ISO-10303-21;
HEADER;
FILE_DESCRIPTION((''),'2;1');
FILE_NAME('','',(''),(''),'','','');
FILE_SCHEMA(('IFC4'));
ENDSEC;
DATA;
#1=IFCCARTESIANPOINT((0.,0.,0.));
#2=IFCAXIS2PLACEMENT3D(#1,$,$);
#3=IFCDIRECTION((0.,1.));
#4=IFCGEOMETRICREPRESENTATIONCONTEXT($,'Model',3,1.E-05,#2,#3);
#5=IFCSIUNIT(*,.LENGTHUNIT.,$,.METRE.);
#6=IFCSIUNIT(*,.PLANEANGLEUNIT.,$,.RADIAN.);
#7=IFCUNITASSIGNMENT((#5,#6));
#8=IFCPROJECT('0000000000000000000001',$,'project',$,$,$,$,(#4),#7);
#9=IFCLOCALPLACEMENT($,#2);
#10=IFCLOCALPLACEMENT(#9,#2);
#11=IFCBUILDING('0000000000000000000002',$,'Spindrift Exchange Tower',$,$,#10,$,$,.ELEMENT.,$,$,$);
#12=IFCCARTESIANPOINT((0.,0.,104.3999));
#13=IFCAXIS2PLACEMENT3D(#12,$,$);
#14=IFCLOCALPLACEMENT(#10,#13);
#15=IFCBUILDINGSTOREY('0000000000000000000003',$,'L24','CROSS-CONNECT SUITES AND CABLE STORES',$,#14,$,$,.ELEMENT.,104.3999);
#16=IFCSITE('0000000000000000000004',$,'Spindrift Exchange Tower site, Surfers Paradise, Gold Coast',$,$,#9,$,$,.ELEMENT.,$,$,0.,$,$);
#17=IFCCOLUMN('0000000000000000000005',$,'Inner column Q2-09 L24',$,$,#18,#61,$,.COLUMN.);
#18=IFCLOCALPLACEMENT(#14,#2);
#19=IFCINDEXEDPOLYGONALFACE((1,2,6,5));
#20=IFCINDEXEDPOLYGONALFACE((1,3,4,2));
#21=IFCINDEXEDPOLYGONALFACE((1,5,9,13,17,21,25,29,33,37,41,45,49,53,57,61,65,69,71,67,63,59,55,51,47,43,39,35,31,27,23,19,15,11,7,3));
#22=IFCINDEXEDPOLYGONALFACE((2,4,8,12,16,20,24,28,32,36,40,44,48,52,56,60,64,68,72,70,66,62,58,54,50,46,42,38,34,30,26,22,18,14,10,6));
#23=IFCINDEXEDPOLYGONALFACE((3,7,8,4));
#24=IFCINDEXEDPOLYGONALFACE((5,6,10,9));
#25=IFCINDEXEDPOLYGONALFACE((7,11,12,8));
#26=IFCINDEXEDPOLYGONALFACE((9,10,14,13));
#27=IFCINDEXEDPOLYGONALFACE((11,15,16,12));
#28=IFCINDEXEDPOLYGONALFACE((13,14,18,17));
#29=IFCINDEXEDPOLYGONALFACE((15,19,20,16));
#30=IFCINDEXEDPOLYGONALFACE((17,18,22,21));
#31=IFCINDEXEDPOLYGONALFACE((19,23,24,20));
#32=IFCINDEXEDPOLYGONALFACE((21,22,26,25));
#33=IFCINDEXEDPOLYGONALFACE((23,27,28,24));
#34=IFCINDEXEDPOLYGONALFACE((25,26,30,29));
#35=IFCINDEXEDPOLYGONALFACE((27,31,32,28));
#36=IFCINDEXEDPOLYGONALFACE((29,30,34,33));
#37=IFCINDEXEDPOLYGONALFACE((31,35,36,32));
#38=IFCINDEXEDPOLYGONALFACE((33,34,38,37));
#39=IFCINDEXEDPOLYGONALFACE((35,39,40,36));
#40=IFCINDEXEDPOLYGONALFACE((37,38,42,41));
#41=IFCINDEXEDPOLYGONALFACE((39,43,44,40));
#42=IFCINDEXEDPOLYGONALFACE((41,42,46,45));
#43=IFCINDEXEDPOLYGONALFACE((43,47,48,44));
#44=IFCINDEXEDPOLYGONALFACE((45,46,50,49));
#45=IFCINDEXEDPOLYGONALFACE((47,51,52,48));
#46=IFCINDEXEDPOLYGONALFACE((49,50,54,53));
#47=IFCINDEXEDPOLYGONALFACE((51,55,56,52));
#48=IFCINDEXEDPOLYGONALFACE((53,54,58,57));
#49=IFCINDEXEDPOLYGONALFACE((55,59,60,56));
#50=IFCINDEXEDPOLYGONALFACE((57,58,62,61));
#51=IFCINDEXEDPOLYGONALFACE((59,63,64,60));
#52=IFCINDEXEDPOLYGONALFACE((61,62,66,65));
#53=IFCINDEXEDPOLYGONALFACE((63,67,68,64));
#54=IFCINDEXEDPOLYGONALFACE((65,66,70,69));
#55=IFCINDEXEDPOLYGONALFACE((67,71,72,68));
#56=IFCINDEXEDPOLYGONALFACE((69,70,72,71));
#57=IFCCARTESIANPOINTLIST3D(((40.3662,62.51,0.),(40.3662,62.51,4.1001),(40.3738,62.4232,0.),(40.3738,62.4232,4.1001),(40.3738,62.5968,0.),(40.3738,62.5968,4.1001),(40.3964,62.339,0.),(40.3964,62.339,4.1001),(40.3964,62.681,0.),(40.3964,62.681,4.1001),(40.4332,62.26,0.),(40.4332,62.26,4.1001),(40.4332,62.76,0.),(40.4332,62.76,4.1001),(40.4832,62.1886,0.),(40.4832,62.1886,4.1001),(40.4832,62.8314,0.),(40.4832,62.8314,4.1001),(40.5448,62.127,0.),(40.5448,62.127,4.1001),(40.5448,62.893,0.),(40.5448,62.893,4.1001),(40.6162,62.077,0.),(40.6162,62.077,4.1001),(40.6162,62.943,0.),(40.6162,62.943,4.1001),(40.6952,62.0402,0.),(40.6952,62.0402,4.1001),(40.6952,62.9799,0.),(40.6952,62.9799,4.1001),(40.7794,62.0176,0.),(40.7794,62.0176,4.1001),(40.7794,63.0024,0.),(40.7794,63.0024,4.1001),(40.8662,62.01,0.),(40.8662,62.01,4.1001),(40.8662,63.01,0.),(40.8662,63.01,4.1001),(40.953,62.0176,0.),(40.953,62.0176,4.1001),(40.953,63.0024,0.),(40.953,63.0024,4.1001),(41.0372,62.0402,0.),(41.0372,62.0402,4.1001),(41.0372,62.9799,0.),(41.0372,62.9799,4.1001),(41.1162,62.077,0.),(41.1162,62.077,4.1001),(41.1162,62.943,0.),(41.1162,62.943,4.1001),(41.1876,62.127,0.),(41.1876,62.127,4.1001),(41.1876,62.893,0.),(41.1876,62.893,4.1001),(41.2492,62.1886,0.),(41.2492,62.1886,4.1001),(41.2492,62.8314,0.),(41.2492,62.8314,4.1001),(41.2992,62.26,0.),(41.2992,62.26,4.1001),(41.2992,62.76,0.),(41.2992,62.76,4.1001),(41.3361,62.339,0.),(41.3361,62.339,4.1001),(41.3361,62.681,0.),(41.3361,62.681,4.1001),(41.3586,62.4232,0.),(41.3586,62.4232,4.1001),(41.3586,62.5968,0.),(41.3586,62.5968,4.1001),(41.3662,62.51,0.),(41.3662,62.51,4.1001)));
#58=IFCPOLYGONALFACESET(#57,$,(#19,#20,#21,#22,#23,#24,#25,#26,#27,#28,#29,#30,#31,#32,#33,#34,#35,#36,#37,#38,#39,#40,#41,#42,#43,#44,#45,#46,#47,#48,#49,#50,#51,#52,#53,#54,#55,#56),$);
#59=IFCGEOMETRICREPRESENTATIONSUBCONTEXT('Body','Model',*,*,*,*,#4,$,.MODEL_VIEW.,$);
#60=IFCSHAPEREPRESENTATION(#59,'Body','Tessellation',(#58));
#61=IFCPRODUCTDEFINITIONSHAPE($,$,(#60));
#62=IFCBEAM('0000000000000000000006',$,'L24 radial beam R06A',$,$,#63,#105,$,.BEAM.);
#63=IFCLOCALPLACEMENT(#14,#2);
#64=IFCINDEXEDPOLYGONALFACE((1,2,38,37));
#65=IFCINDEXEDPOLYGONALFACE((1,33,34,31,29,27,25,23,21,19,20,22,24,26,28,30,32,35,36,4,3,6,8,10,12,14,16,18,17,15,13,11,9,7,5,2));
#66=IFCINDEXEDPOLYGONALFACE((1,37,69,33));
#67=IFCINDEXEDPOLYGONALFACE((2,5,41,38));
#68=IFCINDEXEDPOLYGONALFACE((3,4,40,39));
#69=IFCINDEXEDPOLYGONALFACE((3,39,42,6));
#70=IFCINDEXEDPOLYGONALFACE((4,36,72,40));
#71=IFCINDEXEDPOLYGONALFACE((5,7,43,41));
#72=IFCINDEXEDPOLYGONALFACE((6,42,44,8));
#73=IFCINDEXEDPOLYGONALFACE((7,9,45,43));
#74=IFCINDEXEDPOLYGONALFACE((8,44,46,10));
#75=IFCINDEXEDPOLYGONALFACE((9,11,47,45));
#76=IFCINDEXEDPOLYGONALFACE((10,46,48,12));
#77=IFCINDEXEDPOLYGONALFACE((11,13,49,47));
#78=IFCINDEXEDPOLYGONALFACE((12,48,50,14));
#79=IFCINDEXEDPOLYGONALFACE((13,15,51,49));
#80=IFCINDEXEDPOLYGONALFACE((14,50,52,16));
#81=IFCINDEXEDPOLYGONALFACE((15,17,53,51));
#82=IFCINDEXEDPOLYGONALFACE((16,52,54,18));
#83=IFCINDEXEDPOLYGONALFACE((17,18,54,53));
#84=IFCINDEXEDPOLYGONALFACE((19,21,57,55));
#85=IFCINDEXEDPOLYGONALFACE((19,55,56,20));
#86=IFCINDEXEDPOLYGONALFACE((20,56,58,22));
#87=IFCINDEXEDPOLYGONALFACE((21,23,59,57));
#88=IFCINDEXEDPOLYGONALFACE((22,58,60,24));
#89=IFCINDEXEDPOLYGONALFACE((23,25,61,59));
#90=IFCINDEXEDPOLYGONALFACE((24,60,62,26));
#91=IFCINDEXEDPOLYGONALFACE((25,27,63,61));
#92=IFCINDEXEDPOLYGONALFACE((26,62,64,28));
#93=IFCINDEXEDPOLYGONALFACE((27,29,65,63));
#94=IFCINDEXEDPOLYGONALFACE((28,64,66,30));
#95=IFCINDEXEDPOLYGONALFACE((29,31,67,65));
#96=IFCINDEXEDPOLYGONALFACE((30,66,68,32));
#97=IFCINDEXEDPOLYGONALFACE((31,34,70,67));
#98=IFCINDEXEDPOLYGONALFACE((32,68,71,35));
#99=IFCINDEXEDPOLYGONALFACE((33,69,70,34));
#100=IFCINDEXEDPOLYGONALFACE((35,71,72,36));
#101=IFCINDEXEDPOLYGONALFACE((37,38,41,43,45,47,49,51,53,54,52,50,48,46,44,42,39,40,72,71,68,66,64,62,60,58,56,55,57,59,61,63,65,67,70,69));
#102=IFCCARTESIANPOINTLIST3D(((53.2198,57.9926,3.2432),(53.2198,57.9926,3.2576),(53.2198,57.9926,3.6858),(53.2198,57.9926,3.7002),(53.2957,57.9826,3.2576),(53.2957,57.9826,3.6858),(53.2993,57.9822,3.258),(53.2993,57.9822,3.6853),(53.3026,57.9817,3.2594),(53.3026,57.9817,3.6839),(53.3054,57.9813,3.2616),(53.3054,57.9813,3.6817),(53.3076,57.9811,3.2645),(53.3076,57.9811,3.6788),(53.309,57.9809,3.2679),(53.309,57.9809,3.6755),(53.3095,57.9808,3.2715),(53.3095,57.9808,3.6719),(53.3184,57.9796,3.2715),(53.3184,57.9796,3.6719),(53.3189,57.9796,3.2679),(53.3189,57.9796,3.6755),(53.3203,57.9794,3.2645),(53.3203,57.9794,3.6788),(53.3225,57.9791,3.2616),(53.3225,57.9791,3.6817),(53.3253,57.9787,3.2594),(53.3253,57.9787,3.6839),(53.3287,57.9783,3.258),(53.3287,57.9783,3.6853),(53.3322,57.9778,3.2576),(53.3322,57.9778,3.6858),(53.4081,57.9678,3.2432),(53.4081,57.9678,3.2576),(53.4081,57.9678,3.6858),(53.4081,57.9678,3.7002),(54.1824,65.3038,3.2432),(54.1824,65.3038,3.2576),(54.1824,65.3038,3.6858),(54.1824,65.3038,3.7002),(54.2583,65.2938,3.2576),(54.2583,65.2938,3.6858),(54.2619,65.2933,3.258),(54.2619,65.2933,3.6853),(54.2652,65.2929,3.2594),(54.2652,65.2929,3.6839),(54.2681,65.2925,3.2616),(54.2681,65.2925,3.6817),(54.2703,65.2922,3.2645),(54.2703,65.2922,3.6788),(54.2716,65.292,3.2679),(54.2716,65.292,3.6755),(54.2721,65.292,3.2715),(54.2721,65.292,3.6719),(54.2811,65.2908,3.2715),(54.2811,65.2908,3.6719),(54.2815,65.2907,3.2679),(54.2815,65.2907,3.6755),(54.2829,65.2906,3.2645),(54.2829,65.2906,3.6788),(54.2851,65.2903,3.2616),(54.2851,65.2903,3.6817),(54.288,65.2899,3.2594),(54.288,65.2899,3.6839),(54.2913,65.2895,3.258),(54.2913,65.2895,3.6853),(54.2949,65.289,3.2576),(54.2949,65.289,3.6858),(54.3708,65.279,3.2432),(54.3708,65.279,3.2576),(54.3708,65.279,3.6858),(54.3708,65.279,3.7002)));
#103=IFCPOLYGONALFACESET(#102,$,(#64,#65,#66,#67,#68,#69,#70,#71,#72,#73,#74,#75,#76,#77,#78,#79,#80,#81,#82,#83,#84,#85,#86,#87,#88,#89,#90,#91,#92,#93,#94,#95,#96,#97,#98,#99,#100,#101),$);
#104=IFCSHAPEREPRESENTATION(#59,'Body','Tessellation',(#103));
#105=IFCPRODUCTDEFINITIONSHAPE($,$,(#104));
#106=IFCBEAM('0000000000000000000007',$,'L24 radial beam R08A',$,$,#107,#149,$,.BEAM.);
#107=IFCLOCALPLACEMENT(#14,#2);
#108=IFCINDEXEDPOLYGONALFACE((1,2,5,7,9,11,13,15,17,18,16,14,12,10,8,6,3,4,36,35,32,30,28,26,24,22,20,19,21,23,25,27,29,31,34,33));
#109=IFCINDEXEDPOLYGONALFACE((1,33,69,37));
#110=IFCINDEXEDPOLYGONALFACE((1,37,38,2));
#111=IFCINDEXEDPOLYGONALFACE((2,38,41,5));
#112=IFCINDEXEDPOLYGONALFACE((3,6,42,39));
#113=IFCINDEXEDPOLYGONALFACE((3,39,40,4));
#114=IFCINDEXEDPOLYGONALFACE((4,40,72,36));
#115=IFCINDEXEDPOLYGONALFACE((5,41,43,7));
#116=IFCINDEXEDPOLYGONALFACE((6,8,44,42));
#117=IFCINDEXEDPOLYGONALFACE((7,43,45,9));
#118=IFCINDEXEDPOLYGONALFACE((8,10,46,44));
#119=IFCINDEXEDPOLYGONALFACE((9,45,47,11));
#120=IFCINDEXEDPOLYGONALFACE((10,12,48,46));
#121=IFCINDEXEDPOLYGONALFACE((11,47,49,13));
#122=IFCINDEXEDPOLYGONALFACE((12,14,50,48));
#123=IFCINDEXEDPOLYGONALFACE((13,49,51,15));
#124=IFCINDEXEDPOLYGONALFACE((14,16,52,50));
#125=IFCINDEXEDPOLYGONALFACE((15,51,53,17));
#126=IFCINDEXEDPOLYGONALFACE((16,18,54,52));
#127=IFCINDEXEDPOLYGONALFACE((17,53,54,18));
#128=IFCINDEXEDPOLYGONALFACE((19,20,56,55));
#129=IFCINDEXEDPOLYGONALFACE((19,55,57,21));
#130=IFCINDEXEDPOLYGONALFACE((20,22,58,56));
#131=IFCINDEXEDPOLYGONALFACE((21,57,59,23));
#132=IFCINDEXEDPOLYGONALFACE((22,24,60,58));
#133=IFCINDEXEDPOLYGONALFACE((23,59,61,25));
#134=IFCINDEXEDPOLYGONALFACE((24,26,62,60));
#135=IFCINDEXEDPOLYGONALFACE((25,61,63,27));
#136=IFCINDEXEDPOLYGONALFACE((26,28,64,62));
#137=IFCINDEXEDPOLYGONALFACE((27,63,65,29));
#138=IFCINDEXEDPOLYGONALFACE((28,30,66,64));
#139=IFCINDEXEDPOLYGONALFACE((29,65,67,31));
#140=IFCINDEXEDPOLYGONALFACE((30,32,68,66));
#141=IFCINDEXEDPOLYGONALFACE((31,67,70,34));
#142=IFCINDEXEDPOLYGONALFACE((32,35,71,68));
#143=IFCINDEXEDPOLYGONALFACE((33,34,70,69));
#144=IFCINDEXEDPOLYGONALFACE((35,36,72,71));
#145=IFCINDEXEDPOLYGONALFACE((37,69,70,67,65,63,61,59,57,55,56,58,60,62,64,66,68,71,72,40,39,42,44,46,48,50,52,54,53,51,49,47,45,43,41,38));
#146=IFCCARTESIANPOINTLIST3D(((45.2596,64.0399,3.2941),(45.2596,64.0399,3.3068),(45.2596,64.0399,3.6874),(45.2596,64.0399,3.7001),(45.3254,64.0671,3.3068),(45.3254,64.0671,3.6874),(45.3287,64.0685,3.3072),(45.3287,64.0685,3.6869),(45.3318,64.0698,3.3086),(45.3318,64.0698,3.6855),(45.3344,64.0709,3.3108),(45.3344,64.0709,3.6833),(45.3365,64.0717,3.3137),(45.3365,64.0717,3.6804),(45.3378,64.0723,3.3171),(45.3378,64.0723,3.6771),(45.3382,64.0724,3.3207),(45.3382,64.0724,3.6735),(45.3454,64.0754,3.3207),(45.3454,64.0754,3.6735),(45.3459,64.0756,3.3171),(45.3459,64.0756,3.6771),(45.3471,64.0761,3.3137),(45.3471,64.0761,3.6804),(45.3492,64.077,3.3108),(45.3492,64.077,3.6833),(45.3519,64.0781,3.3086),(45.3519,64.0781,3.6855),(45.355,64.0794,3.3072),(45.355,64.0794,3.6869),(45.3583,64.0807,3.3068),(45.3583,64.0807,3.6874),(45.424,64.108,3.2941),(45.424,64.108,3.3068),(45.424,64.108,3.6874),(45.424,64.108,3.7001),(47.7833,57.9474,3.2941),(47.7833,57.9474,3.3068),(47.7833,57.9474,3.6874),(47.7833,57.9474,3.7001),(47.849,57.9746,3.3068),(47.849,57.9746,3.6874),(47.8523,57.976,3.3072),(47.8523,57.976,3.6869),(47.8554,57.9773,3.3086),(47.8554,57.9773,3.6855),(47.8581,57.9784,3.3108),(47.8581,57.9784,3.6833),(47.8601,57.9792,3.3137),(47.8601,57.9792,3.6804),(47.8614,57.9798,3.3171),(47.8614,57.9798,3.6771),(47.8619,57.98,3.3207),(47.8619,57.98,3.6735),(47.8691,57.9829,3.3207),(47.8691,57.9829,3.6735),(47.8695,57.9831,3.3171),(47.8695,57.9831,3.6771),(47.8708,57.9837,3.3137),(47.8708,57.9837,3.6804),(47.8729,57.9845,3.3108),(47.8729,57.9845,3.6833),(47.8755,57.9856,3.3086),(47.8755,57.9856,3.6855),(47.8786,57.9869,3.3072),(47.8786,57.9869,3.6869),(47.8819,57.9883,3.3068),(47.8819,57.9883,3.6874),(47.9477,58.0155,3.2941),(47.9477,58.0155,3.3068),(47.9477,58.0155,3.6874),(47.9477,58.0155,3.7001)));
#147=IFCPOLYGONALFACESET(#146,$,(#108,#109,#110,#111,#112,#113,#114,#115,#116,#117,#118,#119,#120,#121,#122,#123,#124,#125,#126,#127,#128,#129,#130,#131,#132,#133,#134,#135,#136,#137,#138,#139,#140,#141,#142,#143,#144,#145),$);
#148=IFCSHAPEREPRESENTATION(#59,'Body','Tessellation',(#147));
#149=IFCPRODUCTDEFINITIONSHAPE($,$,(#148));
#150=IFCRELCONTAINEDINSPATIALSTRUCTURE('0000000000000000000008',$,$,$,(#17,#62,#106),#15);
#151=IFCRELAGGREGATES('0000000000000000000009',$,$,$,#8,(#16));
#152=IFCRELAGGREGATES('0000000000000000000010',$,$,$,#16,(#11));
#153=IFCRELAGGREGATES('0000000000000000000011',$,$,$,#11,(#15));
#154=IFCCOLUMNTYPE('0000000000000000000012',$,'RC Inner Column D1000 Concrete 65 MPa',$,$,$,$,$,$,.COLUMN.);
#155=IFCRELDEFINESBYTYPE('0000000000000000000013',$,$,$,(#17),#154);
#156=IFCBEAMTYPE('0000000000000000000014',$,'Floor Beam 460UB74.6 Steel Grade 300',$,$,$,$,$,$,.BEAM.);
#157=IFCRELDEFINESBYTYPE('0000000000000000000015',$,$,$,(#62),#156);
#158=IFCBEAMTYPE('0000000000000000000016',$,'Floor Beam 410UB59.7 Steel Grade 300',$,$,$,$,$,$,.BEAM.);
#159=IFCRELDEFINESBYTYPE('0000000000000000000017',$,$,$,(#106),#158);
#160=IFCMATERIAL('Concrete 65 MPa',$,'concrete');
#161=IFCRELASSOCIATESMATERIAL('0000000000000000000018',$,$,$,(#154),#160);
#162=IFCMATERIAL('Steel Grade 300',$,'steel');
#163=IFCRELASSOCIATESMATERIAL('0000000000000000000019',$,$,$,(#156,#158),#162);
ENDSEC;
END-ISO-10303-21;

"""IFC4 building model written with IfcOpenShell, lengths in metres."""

from ifc_helpers import new_model, si_unit, direction, frame, origin, origin_2d, place, context, subcontext, project, spatial, circle, i_section, extrude, source, transform, mapped, material, material_profile, profile_set, type_object, element, save


model = new_model("IFC4")

# Units and contexts
model_context = context("Model", 3, precision=1e-05, world=origin(), true_north=direction((0.0, 1.0)))
body_context = subcontext(model_context, "Body", "Model", "MODEL_VIEW")
ifc_project = project(units=[si_unit("LENGTHUNIT", "METRE"), si_unit("PLANEANGLEUNIT", "RADIAN")], contexts=[model_context])

# Site, building, storey
site_placement = place(None, origin())
site = spatial("IfcSite", under=ifc_project, at=site_placement, Name="Spindrift Exchange Tower site, Surfers Paradise, Gold Coast", CompositionType="ELEMENT", RefElevation=0.0)
building_placement = place(site_placement, origin())
building = spatial("IfcBuilding", under=site, at=building_placement, Name="Spindrift Exchange Tower", CompositionType="ELEMENT")
storey_placement = place(building_placement, frame((0.0, 0.0, 104.3999)))
storey = spatial("IfcBuildingStorey", under=building, at=storey_placement, Name="L24", Description="CROSS-CONNECT SUITES AND CABLE STORES", CompositionType="ELEMENT", Elevation=104.3999)

# Column
ifc_material_1 = material(Name="Concrete 65 MPa", Category="concrete")
ifc_material_profile_1 = material_profile(ifc_material_1, circle(Radius=0.5, at=origin_2d()), Name="RC D1000")
ifc_profile_set_1 = profile_set([ifc_material_profile_1], Name="Concrete 65 MPa")
column_type_1 = type_object("IfcColumnType", Name="RC Inner Column D1000 Concrete 65 MPa", PredefinedType="COLUMN", material=ifc_profile_set_1)
shared_shape_1 = source(origin(), body_context, "Body", "SweptSolid", [
    extrude(circle(Radius=0.5, at=origin_2d()), origin(), (0.0, 0.0, 1.0), 4.1001),
])
for number, where, z_axis, x_axis, name in (
    (1, (40.8662, 62.51, 0.0), (0.0, 0.0, 1.0), (1.0, 0.0, 0.0), "Inner column Q2-09 L24"),
):
    element("IfcColumn", number, at=place(storey_placement, frame(where, z_axis=z_axis, x_axis=x_axis)), inside=storey, type_object=column_type_1, Name=name, PredefinedType="COLUMN", context=body_context, shape_type="MappedRepresentation", body=[
        mapped(shared_shape_1, transform((0.0, 0.0, 0.0), scale=1.0)),
    ])

# Beams
ifc_material_2 = material(Name="Steel Grade 300", Category="steel")
ifc_material_profile_2 = material_profile(ifc_material_2, i_section(OverallWidth=0.1899, OverallDepth=0.457, WebThickness=0.009, FlangeThickness=0.0144, FilletRadius=0.0139, at=origin_2d()), Name="460UB74.6")
ifc_profile_set_2 = profile_set([ifc_material_profile_2], Name="Steel Grade 300")
beam_type_1 = type_object("IfcBeamType", Name="Floor Beam 460UB74.6 Steel Grade 300", PredefinedType="BEAM", material=ifc_profile_set_2)
shared_shape_2 = source(origin(), body_context, "Body", "SweptSolid", [
    extrude(i_section(OverallWidth=0.1899, OverallDepth=0.457, WebThickness=0.009, FlangeThickness=0.0144, FilletRadius=0.0139, at=origin_2d()), origin(), (0.0, 0.0, 1.0), 7.3743),
])
beam_1_placement = place(storey_placement, frame((53.314, 57.9802, 3.4717), z_axis=(0.130539, 0.991443, 0.0), x_axis=(-0.991443, 0.130539, 0.0)))
element("IfcBeam", 2, at=beam_1_placement, inside=storey, type_object=beam_type_1, Name="L24 radial beam R06A", PredefinedType="BEAM", context=body_context, shape_type="MappedRepresentation", body=[
    mapped(shared_shape_2, transform((0.0, 0.0, 0.0), scale=1.0)),
])
ifc_material_profile_3 = material_profile(ifc_material_2, i_section(OverallWidth=0.178, OverallDepth=0.406, WebThickness=0.0078, FlangeThickness=0.0127, FilletRadius=0.0139, at=origin_2d()), Name="410UB59.7")
ifc_profile_set_3 = profile_set([ifc_material_profile_3], Name="Steel Grade 300")
beam_type_2 = type_object("IfcBeamType", Name="Floor Beam 410UB59.7 Steel Grade 300", PredefinedType="BEAM", material=ifc_profile_set_3)
shared_shape_3 = source(origin(), body_context, "Body", "SweptSolid", [
    extrude(i_section(OverallWidth=0.178, OverallDepth=0.406, WebThickness=0.0078, FlangeThickness=0.0127, FilletRadius=0.0139, at=origin_2d()), origin(), (0.0, 0.0, 1.0), 6.5945),
])
beam_2_placement = place(storey_placement, frame((47.8655, 57.9814, 3.4971), z_axis=(-0.382693, 0.923876, 0.0), x_axis=(-0.923876, -0.382693, 0.0)))
element("IfcBeam", 3, at=beam_2_placement, inside=storey, type_object=beam_type_2, Name="L24 radial beam R08A", PredefinedType="BEAM", context=body_context, shape_type="MappedRepresentation", body=[
    mapped(shared_shape_3, transform((0.0, 0.0, 0.0), scale=1.0)),
])

save(model, "model.ifc")
